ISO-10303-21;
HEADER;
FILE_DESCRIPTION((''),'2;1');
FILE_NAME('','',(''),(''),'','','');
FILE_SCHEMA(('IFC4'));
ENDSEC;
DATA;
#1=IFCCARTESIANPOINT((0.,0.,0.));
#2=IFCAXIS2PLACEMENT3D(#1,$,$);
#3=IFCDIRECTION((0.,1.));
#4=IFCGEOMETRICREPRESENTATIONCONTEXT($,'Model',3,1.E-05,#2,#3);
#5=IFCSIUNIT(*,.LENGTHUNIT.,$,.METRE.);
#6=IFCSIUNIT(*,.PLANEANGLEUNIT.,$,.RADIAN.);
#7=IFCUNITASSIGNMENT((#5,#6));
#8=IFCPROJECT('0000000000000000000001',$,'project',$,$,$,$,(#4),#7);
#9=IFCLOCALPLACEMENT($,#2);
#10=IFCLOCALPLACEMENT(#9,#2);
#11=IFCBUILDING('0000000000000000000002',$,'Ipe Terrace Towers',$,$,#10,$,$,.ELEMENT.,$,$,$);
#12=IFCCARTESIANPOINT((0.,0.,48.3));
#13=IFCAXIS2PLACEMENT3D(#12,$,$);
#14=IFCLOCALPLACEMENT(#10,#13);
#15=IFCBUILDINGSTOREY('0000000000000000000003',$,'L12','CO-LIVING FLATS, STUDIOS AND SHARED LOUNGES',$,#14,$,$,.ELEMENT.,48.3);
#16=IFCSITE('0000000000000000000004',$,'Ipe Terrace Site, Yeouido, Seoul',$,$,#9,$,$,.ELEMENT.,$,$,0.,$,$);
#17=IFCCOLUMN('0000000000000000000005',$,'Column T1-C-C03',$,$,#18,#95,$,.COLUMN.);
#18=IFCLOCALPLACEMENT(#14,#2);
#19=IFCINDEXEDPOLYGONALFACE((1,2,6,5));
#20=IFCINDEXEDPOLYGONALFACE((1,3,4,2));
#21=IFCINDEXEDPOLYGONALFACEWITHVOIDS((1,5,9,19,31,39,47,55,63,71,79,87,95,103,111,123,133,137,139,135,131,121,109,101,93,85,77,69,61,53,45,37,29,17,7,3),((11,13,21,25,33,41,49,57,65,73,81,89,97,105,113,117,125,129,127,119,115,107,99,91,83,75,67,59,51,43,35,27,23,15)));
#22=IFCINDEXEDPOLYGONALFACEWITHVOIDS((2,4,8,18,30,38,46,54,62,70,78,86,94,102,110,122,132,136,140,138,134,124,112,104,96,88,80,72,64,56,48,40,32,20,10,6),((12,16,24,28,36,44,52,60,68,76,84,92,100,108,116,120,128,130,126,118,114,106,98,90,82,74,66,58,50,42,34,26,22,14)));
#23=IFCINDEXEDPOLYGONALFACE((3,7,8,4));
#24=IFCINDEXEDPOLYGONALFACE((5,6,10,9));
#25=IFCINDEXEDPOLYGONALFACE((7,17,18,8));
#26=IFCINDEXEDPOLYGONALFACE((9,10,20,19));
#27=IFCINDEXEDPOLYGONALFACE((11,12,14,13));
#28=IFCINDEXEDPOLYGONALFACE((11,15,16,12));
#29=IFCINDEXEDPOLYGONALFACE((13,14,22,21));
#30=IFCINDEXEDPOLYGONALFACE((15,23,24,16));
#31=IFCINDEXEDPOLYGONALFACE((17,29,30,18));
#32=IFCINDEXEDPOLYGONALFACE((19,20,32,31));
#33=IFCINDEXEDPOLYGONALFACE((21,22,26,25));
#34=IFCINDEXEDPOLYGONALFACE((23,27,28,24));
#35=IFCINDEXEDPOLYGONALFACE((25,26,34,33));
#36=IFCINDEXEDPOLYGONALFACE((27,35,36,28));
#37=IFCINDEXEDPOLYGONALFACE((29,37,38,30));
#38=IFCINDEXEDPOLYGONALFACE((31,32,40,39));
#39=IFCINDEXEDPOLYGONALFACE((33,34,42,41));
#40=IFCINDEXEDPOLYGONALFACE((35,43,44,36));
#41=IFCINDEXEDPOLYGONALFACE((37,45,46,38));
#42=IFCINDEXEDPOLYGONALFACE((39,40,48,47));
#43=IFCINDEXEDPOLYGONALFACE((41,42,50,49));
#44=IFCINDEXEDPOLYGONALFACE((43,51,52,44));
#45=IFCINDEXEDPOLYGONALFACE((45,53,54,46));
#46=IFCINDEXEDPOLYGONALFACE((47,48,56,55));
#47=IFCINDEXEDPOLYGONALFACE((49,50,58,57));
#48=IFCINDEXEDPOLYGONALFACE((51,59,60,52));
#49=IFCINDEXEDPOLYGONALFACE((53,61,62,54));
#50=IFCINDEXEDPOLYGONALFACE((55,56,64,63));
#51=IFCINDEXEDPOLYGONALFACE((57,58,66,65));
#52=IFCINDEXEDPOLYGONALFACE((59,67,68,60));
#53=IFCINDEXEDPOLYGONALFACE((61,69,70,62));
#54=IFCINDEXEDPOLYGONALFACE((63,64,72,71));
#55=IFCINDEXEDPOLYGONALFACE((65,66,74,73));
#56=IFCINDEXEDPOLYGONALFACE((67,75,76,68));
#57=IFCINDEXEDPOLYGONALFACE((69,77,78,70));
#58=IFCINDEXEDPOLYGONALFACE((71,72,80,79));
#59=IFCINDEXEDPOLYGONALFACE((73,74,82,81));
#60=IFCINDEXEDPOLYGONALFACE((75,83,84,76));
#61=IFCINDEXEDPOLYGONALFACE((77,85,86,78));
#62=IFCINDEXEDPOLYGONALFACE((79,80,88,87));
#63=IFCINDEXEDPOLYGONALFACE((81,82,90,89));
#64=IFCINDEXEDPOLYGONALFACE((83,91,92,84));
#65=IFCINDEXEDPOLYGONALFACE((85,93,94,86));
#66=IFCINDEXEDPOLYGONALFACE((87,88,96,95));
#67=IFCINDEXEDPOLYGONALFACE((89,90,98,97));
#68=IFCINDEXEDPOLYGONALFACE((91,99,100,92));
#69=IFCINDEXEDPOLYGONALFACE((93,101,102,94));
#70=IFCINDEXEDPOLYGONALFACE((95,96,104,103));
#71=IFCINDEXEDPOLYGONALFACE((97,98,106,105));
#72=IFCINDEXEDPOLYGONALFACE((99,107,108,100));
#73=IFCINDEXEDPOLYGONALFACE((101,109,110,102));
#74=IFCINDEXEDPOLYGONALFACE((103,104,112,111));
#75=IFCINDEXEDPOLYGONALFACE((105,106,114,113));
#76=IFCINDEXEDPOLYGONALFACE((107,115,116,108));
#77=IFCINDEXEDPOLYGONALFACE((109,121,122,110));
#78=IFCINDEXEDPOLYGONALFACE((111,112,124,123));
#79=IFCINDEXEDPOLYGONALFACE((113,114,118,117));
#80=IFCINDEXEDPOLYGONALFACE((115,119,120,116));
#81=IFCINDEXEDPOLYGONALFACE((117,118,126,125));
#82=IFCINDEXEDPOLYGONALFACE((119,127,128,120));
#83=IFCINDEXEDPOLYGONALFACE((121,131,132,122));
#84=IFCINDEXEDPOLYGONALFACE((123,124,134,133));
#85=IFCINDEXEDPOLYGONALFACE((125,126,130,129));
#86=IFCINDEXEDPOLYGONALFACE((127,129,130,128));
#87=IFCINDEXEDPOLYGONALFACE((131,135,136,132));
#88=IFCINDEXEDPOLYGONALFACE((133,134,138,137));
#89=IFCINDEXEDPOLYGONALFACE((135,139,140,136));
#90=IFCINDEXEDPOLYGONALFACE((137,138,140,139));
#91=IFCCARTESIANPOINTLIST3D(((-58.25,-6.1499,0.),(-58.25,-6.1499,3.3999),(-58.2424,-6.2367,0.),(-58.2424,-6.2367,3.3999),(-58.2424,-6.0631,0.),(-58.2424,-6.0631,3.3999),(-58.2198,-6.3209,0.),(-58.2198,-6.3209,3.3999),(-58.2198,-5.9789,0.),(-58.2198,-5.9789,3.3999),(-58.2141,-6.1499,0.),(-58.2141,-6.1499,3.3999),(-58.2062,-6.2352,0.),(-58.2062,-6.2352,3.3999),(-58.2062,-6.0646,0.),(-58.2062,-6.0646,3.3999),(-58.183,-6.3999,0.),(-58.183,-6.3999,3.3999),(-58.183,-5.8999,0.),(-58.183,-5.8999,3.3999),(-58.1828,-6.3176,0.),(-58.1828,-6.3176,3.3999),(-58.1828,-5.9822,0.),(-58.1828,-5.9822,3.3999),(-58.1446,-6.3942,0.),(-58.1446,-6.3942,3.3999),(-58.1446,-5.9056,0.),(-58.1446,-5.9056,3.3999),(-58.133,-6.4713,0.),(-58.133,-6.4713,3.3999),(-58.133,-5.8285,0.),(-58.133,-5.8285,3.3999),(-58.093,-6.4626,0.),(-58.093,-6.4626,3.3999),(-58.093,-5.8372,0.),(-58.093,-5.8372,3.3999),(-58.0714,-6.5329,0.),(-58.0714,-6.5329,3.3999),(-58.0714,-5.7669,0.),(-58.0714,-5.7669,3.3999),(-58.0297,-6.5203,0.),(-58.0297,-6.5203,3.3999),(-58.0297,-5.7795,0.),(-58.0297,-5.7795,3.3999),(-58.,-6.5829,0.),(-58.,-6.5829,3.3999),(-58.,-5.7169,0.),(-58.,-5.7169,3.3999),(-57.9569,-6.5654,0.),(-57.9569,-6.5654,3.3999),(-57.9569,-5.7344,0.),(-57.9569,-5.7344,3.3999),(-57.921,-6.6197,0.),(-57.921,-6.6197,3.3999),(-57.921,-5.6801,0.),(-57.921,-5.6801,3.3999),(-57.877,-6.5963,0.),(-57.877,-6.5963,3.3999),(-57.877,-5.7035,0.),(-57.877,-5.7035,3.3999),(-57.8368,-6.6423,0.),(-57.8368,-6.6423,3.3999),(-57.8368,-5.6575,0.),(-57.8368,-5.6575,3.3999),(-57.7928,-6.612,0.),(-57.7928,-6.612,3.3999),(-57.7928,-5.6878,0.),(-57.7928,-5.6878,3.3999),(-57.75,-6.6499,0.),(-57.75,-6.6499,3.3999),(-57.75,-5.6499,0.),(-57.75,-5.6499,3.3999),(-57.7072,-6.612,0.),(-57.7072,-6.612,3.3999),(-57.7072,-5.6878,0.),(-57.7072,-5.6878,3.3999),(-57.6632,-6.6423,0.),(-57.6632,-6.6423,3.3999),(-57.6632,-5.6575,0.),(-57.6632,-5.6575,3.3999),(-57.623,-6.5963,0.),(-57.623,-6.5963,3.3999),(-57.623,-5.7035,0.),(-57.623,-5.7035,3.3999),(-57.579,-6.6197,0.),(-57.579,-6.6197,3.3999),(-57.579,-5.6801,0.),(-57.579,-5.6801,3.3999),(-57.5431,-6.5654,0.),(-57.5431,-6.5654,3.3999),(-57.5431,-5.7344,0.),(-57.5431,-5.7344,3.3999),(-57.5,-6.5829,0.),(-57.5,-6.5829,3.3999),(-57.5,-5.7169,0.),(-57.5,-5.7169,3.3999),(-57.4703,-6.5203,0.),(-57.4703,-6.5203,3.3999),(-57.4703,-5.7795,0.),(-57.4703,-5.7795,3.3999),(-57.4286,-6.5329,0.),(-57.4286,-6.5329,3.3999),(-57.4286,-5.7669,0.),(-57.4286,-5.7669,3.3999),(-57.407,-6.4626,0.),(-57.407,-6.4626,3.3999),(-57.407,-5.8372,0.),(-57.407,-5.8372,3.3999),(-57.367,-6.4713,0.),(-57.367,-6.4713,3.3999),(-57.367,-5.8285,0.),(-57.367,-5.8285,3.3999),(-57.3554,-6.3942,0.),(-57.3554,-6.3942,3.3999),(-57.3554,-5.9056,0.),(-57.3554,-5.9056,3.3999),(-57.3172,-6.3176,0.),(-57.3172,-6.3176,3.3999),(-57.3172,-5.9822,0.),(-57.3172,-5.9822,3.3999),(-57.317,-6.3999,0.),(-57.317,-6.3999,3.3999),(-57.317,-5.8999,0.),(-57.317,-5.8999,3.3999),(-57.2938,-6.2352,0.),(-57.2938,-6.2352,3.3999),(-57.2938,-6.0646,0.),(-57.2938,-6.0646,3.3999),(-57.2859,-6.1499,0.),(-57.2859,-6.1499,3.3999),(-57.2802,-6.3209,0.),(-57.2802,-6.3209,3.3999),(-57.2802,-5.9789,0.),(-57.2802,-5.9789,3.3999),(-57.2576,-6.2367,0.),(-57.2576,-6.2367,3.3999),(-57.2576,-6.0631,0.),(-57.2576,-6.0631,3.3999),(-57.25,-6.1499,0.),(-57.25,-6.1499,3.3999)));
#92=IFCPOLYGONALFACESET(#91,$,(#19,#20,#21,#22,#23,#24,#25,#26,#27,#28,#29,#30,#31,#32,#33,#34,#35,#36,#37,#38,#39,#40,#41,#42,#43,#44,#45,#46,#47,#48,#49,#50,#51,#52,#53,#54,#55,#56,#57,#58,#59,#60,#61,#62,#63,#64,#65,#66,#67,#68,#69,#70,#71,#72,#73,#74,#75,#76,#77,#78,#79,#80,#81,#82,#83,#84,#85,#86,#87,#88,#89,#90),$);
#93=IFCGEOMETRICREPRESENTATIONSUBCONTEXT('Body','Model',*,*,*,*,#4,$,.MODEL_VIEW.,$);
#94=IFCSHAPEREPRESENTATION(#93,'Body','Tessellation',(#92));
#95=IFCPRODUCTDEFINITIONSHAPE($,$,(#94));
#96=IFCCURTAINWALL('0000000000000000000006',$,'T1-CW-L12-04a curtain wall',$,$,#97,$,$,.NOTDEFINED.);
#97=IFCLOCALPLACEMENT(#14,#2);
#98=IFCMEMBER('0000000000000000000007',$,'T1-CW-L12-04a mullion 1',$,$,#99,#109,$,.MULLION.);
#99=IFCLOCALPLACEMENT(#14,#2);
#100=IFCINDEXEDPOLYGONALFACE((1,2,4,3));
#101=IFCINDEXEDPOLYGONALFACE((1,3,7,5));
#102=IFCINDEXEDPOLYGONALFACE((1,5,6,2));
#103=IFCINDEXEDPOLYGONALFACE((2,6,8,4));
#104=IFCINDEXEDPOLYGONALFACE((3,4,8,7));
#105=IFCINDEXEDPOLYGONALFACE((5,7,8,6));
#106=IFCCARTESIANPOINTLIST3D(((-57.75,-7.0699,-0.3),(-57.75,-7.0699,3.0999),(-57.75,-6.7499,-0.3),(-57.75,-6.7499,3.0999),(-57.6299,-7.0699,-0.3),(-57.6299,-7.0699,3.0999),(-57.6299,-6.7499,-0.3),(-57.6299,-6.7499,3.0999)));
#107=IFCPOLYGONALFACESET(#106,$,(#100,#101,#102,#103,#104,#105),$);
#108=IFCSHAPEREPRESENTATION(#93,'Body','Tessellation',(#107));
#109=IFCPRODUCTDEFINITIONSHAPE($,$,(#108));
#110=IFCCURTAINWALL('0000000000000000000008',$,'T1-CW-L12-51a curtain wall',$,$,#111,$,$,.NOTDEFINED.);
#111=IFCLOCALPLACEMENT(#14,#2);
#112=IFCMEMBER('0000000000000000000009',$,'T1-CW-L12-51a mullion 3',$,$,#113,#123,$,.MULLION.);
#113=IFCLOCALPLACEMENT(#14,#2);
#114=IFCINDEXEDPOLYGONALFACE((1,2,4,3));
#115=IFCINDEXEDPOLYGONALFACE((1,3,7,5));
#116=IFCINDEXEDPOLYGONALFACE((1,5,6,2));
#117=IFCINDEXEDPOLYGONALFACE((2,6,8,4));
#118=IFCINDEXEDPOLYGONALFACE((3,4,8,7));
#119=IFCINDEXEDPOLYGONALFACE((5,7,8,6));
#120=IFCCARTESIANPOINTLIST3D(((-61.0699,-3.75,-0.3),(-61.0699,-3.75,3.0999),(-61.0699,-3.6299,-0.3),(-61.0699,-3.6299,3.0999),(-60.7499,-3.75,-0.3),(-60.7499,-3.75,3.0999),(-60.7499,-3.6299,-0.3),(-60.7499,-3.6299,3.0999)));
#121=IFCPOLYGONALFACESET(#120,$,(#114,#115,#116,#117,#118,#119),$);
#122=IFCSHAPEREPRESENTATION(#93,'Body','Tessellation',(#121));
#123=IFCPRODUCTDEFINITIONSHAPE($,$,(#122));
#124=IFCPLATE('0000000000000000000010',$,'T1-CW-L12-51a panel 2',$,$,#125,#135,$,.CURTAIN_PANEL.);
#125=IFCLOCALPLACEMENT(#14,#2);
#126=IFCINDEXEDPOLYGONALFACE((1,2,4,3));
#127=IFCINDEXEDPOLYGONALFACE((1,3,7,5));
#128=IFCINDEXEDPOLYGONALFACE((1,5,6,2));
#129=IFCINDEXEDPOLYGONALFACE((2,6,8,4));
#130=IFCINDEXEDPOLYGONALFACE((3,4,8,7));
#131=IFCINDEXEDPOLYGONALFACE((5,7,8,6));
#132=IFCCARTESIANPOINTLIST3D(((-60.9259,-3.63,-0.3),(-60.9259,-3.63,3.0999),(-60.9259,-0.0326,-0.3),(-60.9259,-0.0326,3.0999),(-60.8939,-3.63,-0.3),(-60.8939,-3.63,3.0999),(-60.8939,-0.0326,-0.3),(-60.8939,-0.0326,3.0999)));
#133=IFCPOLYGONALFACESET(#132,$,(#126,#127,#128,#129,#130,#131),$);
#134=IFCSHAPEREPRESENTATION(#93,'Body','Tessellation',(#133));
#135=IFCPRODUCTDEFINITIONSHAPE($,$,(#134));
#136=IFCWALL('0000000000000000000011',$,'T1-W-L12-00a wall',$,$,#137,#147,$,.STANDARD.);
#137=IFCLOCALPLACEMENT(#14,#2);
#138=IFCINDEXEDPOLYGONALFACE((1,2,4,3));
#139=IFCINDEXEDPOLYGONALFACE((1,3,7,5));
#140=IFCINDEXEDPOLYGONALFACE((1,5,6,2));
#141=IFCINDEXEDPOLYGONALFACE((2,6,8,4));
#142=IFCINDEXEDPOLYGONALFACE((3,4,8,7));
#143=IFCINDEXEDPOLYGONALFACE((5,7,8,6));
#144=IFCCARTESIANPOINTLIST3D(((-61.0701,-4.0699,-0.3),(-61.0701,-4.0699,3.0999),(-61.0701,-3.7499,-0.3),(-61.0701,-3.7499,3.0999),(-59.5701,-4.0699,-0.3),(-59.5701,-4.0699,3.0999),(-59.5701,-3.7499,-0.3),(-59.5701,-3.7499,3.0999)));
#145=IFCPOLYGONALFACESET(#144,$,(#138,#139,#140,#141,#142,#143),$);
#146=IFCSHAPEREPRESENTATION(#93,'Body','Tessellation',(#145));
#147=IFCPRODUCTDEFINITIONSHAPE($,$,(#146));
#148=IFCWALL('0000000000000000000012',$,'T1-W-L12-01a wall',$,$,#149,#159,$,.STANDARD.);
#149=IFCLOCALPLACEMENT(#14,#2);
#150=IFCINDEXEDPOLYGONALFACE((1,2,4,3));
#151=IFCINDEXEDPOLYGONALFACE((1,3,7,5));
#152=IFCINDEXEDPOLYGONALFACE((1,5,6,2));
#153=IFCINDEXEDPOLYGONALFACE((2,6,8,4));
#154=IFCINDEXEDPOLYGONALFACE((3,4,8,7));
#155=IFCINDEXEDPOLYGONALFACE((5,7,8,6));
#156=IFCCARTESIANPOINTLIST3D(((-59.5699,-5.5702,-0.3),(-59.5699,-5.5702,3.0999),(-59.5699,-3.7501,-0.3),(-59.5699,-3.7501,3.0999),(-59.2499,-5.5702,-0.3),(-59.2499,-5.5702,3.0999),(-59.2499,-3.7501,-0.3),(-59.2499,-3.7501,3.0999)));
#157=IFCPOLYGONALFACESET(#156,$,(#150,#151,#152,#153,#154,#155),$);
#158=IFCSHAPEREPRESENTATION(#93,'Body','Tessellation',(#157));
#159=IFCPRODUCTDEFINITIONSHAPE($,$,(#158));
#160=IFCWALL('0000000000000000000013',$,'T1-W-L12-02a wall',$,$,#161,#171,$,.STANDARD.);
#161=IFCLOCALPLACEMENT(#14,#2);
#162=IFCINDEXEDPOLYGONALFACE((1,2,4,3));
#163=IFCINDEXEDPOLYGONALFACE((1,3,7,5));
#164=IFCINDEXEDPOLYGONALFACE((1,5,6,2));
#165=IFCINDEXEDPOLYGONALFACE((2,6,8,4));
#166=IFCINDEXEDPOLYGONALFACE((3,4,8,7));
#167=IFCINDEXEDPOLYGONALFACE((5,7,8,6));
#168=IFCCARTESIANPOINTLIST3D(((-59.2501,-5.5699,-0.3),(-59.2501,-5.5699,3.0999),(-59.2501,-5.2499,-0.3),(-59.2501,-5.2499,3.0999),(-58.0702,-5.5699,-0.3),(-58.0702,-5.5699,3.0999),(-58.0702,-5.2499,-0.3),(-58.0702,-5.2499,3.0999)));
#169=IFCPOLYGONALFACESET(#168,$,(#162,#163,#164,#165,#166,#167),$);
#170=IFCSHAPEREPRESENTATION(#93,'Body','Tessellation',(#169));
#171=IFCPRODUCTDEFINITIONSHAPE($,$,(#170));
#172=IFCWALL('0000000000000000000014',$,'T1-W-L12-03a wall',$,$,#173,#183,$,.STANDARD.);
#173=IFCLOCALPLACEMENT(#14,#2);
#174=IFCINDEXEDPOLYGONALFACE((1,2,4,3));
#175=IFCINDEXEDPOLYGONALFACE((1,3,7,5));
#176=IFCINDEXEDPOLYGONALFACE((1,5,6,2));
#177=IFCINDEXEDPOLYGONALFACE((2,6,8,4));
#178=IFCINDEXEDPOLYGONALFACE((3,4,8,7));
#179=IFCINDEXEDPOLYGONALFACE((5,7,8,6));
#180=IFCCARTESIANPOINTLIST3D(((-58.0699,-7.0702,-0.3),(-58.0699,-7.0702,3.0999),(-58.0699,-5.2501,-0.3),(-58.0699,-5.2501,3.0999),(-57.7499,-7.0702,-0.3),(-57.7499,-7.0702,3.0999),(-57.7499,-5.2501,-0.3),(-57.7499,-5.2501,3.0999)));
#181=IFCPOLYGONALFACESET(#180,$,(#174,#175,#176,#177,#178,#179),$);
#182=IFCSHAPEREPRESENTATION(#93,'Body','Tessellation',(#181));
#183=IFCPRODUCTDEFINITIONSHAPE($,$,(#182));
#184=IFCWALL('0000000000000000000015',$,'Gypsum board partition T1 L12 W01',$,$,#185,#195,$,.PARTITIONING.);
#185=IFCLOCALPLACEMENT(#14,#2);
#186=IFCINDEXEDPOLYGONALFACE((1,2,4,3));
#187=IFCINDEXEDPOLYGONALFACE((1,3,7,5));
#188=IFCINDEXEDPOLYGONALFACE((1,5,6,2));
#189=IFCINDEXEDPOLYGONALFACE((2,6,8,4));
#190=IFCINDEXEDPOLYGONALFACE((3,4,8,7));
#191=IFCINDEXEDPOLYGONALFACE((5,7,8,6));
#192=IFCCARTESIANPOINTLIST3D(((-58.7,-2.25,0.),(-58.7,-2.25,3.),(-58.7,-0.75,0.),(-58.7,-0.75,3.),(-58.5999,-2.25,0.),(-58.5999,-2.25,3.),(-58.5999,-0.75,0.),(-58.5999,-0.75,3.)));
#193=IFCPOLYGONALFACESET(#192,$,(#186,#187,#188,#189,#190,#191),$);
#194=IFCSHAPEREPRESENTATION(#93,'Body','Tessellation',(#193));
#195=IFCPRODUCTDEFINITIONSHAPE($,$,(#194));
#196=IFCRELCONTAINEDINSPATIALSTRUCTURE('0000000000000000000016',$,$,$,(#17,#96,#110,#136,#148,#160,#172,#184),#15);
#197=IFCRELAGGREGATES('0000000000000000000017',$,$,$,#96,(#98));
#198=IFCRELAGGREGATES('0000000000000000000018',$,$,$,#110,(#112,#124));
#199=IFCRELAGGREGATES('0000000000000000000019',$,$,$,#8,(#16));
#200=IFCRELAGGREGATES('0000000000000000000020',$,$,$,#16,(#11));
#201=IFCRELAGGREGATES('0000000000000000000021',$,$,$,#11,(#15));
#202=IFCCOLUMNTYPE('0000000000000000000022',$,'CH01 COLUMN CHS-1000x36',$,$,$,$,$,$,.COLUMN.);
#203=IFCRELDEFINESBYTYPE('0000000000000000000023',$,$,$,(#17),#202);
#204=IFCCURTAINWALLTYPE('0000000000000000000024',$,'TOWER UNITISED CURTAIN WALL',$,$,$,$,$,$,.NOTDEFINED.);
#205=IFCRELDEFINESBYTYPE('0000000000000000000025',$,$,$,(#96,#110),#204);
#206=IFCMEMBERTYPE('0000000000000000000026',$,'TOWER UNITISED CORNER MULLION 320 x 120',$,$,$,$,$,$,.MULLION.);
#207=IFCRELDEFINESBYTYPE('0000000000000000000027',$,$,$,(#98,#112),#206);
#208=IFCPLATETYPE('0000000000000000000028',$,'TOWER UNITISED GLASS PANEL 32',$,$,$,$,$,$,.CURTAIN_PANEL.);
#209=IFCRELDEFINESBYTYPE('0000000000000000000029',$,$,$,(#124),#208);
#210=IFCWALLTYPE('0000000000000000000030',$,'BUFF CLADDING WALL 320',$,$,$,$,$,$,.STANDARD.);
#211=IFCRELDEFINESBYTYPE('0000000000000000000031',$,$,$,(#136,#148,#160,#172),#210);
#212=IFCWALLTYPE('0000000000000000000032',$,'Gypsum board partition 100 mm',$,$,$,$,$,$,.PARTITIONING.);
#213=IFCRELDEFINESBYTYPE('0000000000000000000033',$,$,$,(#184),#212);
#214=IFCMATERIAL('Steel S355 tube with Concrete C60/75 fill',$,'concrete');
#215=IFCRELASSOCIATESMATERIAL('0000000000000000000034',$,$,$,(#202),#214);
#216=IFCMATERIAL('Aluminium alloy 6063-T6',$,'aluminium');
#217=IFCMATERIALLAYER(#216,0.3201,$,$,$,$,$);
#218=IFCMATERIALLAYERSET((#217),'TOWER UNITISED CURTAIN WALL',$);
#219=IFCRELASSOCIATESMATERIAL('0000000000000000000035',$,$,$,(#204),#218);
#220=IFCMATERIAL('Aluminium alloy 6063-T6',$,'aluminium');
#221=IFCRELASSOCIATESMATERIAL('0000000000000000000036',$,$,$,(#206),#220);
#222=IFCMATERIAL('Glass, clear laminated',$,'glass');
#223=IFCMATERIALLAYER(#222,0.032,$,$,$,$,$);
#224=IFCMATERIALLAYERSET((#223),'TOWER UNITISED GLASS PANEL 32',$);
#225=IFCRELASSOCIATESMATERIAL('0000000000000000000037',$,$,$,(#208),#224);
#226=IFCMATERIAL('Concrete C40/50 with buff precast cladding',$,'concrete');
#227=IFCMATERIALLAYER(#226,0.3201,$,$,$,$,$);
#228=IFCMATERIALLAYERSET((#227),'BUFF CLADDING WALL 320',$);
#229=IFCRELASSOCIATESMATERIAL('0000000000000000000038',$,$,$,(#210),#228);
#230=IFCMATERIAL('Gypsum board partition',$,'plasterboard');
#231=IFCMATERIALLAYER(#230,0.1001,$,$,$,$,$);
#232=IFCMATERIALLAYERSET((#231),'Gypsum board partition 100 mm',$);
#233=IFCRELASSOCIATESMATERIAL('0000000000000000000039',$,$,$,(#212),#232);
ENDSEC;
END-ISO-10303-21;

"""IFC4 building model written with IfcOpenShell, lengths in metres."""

from ifc_helpers import new_model, si_unit, direction, frame, frame_2d, origin, origin_2d, place, context, subcontext, project, spatial, rectangle, hollow_circle, extrude, material, layer, layer_set, material_profile, profile_set, type_object, element, aggregate, save


model = new_model("IFC4")

# Units and contexts
model_context = context("Model", 3, precision=1e-05, world=origin(), true_north=direction((0.0, 1.0)))
body_context = subcontext(model_context, "Body", "Model", "MODEL_VIEW")
ifc_project = project(units=[si_unit("LENGTHUNIT", "METRE"), si_unit("PLANEANGLEUNIT", "RADIAN")], contexts=[model_context])

# Site, building, storey
site_placement = place(None, origin())
site = spatial("IfcSite", under=ifc_project, at=site_placement, Name="Ipe Terrace Site, Yeouido, Seoul", CompositionType="ELEMENT", RefElevation=0.0)
building_placement = place(site_placement, origin())
building = spatial("IfcBuilding", under=site, at=building_placement, Name="Ipe Terrace Towers", CompositionType="ELEMENT")
storey_placement = place(building_placement, frame((0.0, 0.0, 48.3)))
storey = spatial("IfcBuildingStorey", under=building, at=storey_placement, Name="L12", Description="CO-LIVING FLATS, STUDIOS AND SHARED LOUNGES", CompositionType="ELEMENT", Elevation=48.3)

# Column
ifc_material_1 = material(Name="Steel S355 tube with Concrete C60/75 fill", Category="concrete")
ifc_material_profile_1 = material_profile(ifc_material_1, hollow_circle(Radius=0.5, WallThickness=0.0359, at=origin_2d()), Name="CHS-1000x36")
ifc_profile_set_1 = profile_set([ifc_material_profile_1], Name="Steel S355 tube with Concrete C60/75 fill")
column_type = type_object("IfcColumnType", Name="CH01 COLUMN CHS-1000x36", PredefinedType="COLUMN", material=ifc_profile_set_1)
column_placement = place(storey_placement, frame((-57.75, -6.1499, 0.0), z_axis=(0.0, 0.0, 1.0), x_axis=(1.0, 0.0, 0.0)))
element("IfcColumn", 1, at=column_placement, inside=storey, type_object=column_type, Name="Column T1-C-C03", PredefinedType="COLUMN", context=body_context, shape_type="SweptSolid", body=[
    extrude(hollow_circle(Radius=0.5, WallThickness=0.0359, at=origin_2d()), origin(), (0.0, 0.0, 1.0), 3.3999),
])

# Curtain wall, member
ifc_material_2 = material(Name="Aluminium alloy 6063-T6", Category="aluminium")
ifc_layer_1 = layer(ifc_material_2, 0.3201)
ifc_layer_set_1 = layer_set([ifc_layer_1], Name="TOWER UNITISED CURTAIN WALL")
curtain_wall_type = type_object("IfcCurtainWallType", Name="TOWER UNITISED CURTAIN WALL", PredefinedType="NOTDEFINED", material=ifc_layer_set_1)
curtain_wall_1_placement = place(storey_placement, origin())
curtain_wall_1 = element("IfcCurtainWall", 2, at=curtain_wall_1_placement, inside=storey, type_object=curtain_wall_type, Name="T1-CW-L12-04a curtain wall", PredefinedType="NOTDEFINED")
ifc_material_3 = material(Name="Aluminium alloy 6063-T6", Category="aluminium")
ifc_material_profile_2 = material_profile(ifc_material_3, rectangle(XDim=0.3201, YDim=0.1201, at=origin_2d()), Name="TOWER UNITISED CORNER MULLION 320 x 120")
ifc_profile_set_2 = profile_set([ifc_material_profile_2], Name="Aluminium alloy 6063-T6")
member_type = type_object("IfcMemberType", Name="TOWER UNITISED CORNER MULLION 320 x 120", PredefinedType="MULLION", material=ifc_profile_set_2)
member_1_placement = place(storey_placement, frame((-57.6899, -6.9099, -0.3), z_axis=(0.0, 0.0, 1.0), x_axis=(0.0, -1.0, 0.0)))
member_1 = element("IfcMember", 3, at=member_1_placement, type_object=member_type, Name="T1-CW-L12-04a mullion 1", PredefinedType="MULLION", context=body_context, shape_type="SweptSolid", body=[
    extrude(rectangle(XDim=0.3201, YDim=0.1201, at=origin_2d()), origin(), (0.0, 0.0, 1.0), 3.3999),
])
aggregate(curtain_wall_1, [member_1])

# Curtain wall, member, plate
curtain_wall_2_placement = place(storey_placement, origin())
curtain_wall_2 = element("IfcCurtainWall", 4, at=curtain_wall_2_placement, inside=storey, type_object=curtain_wall_type, Name="T1-CW-L12-51a curtain wall", PredefinedType="NOTDEFINED")
member_2_placement = place(storey_placement, frame((-60.9099, -3.6899, -0.3), z_axis=(0.0, 0.0, 1.0), x_axis=(-1.0, 0.0, 0.0)))
member_2 = element("IfcMember", 5, at=member_2_placement, type_object=member_type, Name="T1-CW-L12-51a mullion 3", PredefinedType="MULLION", context=body_context, shape_type="SweptSolid", body=[
    extrude(rectangle(XDim=0.3201, YDim=0.1201, at=origin_2d()), origin(), (0.0, 0.0, 1.0), 3.3999),
])
ifc_material_4 = material(Name="Glass, clear laminated", Category="glass")
ifc_layer_2 = layer(ifc_material_4, 0.032)
ifc_layer_set_2 = layer_set([ifc_layer_2], Name="TOWER UNITISED GLASS PANEL 32")
plate_type = type_object("IfcPlateType", Name="TOWER UNITISED GLASS PANEL 32", PredefinedType="CURTAIN_PANEL", material=ifc_layer_set_2)
plate_placement = place(storey_placement, frame((-60.9099, -1.8313, -0.3), z_axis=(0.0, 0.0, 1.0), x_axis=(0.0, -1.0, 0.0)))
plate = element("IfcPlate", 6, at=plate_placement, type_object=plate_type, Name="T1-CW-L12-51a panel 2", PredefinedType="CURTAIN_PANEL", context=body_context, shape_type="SweptSolid", body=[
    extrude(rectangle(XDim=3.5974, YDim=0.032, at=origin_2d()), origin(), (0.0, 0.0, 1.0), 3.3999),
])
aggregate(curtain_wall_2, [member_2, plate])

# Walls
ifc_material_5 = material(Name="Concrete C40/50 with buff precast cladding", Category="concrete")
ifc_layer_3 = layer(ifc_material_5, 0.3201)
ifc_layer_set_3 = layer_set([ifc_layer_3], Name="BUFF CLADDING WALL 320")
wall_type_1 = type_object("IfcWallType", Name="BUFF CLADDING WALL 320", PredefinedType="STANDARD", material=ifc_layer_set_3)
wall_1_placement = place(storey_placement, frame((-61.0701, -3.9099, -0.3), z_axis=(0.0, 0.0, 1.0), x_axis=(1.0, 0.0, 0.0)))
element("IfcWall", 7, at=wall_1_placement, inside=storey, type_object=wall_type_1, Name="T1-W-L12-00a wall", PredefinedType="STANDARD", context=body_context, shape_type="SweptSolid", body=[
    extrude(rectangle(XDim=1.5, YDim=0.3201, at=frame_2d((0.75, 0.0))), origin(), (0.0, 0.0, 1.0), 3.3999),
])
wall_2_placement = place(storey_placement, frame((-59.4099, -3.75, -0.3), z_axis=(0.0, 0.0, 1.0), x_axis=(0.0, -1.0, 0.0)))
element("IfcWall", 8, at=wall_2_placement, inside=storey, type_object=wall_type_1, Name="T1-W-L12-01a wall", PredefinedType="STANDARD", context=body_context, shape_type="SweptSolid", body=[
    extrude(rectangle(XDim=1.8201, YDim=0.3201, at=frame_2d((0.9102, 0.0))), origin(), (0.0, 0.0, 1.0), 3.3999),
])
wall_3_placement = place(storey_placement, frame((-59.25, -5.4099, -0.3), z_axis=(0.0, 0.0, 1.0), x_axis=(1.0, 0.0, 0.0)))
element("IfcWall", 9, at=wall_3_placement, inside=storey, type_object=wall_type_1, Name="T1-W-L12-02a wall", PredefinedType="STANDARD", context=body_context, shape_type="SweptSolid", body=[
    extrude(rectangle(XDim=1.1799, YDim=0.3201, at=frame_2d((0.5898, 0.0))), origin(), (0.0, 0.0, 1.0), 3.3999),
])
wall_4_placement = place(storey_placement, frame((-57.9099, -5.25, -0.3), z_axis=(0.0, 0.0, 1.0), x_axis=(0.0, -1.0, 0.0)))
element("IfcWall", 10, at=wall_4_placement, inside=storey, type_object=wall_type_1, Name="T1-W-L12-03a wall", PredefinedType="STANDARD", context=body_context, shape_type="SweptSolid", body=[
    extrude(rectangle(XDim=1.8201, YDim=0.3201, at=frame_2d((0.9102, 0.0))), origin(), (0.0, 0.0, 1.0), 3.3999),
])
ifc_material_6 = material(Name="Gypsum board partition", Category="plasterboard")
ifc_layer_4 = layer(ifc_material_6, 0.1001)
ifc_layer_set_4 = layer_set([ifc_layer_4], Name="Gypsum board partition 100 mm")
wall_type_2 = type_object("IfcWallType", Name="Gypsum board partition 100 mm", PredefinedType="PARTITIONING", material=ifc_layer_set_4)
wall_5_placement = place(storey_placement, frame((-58.6499, -2.25, 0.0), z_axis=(0.0, 0.0, 1.0), x_axis=(0.0, 1.0, 0.0)))
element("IfcWall", 11, at=wall_5_placement, inside=storey, type_object=wall_type_2, Name="Gypsum board partition T1 L12 W01", PredefinedType="PARTITIONING", context=body_context, shape_type="SweptSolid", body=[
    extrude(rectangle(XDim=1.5, YDim=0.1001, at=frame_2d((0.75, 0.0))), origin(), (0.0, 0.0, 1.0), 3.0),
])

save(model, "model.ifc")
